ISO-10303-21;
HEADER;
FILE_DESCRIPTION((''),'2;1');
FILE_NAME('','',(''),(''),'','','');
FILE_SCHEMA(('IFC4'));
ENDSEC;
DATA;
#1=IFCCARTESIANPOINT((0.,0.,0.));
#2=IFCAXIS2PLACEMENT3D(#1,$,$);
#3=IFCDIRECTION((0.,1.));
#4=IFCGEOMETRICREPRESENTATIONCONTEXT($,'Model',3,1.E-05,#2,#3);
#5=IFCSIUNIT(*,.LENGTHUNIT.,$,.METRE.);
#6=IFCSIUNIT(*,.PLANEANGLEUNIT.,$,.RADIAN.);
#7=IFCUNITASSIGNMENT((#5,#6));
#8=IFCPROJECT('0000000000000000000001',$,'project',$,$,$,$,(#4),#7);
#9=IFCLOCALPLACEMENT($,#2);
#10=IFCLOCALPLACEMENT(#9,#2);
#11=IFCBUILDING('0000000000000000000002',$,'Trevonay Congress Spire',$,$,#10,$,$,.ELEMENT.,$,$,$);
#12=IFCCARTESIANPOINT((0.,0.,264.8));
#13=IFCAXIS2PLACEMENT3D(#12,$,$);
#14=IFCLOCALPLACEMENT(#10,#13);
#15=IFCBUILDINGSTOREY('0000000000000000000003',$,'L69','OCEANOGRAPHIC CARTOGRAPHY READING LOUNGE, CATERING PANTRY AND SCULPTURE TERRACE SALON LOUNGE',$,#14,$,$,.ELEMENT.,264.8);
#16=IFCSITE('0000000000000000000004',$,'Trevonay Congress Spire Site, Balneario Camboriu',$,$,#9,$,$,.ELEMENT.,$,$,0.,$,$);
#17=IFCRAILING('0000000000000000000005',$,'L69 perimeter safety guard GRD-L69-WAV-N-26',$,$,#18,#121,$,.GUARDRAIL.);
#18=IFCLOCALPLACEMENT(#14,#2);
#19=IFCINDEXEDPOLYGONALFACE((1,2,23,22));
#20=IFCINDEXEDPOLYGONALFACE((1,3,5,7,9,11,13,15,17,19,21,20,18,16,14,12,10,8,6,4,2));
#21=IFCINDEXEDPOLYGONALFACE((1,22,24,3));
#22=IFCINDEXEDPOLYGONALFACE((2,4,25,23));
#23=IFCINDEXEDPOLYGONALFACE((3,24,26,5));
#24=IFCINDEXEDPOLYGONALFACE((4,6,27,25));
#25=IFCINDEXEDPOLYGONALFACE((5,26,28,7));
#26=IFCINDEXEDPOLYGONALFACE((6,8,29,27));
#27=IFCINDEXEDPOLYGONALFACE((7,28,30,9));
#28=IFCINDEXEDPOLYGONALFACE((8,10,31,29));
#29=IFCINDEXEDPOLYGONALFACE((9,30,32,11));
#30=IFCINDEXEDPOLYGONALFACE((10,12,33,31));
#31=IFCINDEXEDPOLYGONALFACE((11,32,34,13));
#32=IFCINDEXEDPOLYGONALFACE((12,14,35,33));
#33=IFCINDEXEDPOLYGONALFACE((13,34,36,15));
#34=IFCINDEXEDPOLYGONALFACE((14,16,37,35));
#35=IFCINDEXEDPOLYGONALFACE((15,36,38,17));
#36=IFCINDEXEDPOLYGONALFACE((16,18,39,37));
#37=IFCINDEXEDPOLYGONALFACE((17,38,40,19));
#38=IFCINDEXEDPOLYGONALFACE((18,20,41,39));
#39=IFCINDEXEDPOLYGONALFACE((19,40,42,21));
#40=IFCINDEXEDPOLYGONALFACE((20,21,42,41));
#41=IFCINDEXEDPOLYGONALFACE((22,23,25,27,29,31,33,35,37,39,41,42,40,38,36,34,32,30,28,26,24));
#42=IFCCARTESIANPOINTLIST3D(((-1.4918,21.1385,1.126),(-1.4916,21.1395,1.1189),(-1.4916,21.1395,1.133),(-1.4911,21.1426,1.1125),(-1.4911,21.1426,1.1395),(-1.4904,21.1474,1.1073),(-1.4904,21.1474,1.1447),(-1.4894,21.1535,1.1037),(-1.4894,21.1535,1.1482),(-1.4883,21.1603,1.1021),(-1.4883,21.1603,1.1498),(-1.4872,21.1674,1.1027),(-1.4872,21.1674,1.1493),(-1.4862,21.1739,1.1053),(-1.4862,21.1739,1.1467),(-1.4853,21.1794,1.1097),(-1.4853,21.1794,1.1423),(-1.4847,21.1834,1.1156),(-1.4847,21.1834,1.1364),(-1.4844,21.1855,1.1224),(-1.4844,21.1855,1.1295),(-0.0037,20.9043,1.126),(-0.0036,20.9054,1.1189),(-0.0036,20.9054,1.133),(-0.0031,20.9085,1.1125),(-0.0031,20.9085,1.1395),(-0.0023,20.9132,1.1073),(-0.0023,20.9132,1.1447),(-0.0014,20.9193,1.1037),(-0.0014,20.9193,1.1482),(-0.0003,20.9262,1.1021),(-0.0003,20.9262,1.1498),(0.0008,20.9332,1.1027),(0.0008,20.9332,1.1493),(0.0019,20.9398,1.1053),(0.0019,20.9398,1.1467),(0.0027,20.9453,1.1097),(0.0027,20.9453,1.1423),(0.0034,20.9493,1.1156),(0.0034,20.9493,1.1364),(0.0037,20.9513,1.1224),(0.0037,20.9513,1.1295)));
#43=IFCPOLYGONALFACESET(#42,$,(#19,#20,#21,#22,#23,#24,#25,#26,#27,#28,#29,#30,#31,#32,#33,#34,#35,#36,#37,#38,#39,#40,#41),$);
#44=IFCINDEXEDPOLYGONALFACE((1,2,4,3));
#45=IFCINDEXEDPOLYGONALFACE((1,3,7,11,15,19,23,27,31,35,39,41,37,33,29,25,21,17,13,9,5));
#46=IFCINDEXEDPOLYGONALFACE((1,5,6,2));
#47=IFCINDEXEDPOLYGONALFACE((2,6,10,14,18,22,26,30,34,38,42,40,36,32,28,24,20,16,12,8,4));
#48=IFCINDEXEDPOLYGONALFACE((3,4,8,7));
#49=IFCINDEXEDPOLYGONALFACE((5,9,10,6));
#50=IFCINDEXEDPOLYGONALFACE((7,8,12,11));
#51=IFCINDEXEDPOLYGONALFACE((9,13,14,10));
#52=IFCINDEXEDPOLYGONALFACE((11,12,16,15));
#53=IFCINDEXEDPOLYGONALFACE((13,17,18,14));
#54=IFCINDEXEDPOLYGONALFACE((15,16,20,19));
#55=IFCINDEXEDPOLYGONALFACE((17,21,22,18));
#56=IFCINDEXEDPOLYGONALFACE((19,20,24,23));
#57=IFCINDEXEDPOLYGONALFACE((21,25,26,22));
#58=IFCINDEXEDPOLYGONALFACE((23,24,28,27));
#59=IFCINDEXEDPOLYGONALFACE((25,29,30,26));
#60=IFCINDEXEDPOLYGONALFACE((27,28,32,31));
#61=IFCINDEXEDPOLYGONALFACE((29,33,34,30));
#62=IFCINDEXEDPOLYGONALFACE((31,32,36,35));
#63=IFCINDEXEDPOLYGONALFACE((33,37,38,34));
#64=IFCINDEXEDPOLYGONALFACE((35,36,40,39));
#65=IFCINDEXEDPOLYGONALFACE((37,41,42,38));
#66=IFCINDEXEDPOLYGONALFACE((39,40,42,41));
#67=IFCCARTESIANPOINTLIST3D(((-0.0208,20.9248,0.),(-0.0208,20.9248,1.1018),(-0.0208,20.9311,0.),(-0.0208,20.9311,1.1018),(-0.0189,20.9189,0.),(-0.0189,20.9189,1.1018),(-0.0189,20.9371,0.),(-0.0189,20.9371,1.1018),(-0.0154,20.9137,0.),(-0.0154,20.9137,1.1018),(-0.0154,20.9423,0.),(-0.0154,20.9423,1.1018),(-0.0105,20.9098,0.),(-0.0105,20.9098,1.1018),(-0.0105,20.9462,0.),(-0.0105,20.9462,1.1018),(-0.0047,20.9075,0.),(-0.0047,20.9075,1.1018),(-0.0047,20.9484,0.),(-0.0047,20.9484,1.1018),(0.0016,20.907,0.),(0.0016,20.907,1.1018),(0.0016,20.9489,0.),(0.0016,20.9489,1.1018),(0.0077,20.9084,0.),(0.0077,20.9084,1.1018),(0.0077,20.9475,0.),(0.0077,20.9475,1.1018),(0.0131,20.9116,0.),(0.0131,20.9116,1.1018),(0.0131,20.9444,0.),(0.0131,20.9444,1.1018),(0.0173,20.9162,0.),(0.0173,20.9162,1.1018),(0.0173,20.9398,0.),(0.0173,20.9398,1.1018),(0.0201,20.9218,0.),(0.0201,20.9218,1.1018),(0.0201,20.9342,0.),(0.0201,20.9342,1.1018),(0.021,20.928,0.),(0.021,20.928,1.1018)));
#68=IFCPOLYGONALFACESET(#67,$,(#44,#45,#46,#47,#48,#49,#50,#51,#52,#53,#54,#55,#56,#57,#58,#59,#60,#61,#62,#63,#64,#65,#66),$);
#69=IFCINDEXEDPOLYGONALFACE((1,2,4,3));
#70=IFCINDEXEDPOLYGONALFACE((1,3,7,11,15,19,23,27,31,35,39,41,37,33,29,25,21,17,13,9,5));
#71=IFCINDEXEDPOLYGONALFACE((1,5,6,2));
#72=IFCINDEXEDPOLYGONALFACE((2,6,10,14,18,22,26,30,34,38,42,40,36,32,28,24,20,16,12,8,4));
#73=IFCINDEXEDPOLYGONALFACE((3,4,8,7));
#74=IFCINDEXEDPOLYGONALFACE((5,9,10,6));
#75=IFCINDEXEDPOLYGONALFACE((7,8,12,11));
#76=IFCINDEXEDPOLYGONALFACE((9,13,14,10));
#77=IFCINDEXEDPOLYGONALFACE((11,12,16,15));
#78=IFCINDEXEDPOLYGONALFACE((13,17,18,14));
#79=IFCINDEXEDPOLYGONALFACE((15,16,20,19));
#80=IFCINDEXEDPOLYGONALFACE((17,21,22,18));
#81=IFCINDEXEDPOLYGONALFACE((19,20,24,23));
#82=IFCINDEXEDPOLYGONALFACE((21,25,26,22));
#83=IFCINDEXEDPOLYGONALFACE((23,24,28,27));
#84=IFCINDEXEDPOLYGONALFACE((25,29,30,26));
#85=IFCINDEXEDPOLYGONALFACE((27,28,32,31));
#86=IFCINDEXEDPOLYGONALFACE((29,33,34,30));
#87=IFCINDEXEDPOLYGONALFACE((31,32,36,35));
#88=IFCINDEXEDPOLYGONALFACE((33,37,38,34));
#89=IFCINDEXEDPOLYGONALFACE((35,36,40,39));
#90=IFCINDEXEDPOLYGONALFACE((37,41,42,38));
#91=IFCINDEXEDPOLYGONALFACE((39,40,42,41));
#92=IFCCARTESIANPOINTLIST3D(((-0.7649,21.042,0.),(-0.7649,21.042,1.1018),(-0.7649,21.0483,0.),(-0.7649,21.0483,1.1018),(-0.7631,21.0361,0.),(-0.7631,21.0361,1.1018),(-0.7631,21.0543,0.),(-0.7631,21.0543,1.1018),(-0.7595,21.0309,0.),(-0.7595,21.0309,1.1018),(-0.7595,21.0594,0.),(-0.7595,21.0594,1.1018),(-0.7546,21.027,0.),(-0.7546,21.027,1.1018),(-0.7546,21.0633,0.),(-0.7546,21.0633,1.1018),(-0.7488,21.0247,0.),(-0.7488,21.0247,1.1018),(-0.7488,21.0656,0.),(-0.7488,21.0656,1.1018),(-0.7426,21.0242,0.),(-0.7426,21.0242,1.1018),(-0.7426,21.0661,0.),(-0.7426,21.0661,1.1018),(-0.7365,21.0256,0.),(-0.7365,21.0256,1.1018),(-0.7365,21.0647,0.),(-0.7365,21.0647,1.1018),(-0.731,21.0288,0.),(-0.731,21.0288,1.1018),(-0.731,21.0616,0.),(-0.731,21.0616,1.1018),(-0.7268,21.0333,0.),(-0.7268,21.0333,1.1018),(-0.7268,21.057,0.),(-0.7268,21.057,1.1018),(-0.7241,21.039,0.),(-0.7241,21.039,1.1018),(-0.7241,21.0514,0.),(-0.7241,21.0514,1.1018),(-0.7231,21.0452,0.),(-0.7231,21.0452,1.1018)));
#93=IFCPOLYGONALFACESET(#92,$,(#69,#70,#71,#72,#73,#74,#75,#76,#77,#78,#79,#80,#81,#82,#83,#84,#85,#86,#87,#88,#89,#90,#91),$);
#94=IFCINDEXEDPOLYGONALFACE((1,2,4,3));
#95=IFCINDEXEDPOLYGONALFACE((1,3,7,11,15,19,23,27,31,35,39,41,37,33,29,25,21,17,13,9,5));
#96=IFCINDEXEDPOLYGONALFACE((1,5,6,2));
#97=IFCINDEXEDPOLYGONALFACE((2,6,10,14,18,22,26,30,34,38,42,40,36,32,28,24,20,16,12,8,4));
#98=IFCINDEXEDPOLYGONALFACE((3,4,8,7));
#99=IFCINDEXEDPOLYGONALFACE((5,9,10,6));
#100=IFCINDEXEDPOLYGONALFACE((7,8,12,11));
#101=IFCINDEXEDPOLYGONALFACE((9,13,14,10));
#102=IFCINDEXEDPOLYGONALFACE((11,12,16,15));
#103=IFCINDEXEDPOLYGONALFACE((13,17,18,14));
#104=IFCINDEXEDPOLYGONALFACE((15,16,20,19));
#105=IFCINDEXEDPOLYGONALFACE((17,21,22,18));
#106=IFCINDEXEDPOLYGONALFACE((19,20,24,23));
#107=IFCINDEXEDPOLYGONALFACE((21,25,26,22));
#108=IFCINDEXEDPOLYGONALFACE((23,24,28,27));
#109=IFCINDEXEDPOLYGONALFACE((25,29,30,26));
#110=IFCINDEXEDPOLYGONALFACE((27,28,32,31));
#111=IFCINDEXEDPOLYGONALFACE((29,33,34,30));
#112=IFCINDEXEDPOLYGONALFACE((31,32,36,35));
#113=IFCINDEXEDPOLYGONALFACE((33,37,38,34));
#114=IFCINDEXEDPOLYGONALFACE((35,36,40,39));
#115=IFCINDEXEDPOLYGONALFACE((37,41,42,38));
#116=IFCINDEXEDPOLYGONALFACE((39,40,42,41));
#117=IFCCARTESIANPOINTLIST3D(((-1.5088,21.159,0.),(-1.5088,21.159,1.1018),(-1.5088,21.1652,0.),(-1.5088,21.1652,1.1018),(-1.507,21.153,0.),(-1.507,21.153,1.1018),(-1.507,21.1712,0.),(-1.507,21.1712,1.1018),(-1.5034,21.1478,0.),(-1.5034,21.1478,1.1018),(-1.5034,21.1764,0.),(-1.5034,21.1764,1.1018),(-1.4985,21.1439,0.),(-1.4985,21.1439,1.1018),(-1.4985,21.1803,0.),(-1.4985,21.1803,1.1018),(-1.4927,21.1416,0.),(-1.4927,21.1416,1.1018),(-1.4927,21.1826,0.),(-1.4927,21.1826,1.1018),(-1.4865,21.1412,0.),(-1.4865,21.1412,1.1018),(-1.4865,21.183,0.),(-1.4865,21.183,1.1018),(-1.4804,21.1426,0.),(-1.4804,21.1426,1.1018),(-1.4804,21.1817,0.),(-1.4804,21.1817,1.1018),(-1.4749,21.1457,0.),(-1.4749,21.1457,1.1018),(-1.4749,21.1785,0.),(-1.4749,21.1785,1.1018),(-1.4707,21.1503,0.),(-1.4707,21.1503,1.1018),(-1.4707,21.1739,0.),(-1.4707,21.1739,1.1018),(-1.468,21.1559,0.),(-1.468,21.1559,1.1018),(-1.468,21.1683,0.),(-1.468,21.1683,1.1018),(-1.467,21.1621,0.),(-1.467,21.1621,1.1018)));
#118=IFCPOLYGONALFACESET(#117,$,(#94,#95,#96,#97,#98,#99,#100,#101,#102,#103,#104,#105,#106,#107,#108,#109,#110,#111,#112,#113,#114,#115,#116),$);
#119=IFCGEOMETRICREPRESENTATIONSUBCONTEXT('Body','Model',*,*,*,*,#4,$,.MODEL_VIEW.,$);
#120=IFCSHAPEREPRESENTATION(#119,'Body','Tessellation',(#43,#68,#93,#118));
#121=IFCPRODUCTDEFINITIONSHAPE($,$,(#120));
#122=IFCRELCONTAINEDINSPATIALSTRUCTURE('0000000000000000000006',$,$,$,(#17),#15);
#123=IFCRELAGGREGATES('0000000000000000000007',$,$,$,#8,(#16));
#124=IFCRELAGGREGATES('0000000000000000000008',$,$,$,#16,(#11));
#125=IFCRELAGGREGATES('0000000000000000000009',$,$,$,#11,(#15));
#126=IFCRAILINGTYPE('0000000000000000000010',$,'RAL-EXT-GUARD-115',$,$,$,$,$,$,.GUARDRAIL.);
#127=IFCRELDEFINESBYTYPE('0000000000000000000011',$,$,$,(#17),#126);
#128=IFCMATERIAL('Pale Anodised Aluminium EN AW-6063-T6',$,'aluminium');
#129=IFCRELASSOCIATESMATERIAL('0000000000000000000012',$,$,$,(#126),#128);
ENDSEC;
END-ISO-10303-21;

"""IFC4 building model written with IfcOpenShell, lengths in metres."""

from ifc_helpers import new_model, si_unit, direction, frame, origin, origin_2d, place, context, subcontext, project, spatial, circle, extrude, material, type_object, element, save


model = new_model("IFC4")

# Units and contexts
model_context = context("Model", 3, precision=1e-05, world=origin(), true_north=direction((0.0, 1.0)))
body_context = subcontext(model_context, "Body", "Model", "MODEL_VIEW")
ifc_project = project(units=[si_unit("LENGTHUNIT", "METRE"), si_unit("PLANEANGLEUNIT", "RADIAN")], contexts=[model_context])

# Site, building, storey
site_placement = place(None, origin())
site = spatial("IfcSite", under=ifc_project, at=site_placement, Name="Trevonay Congress Spire Site, Balneario Camboriu", CompositionType="ELEMENT", RefElevation=0.0)
building_placement = place(site_placement, origin())
building = spatial("IfcBuilding", under=site, at=building_placement, Name="Trevonay Congress Spire", CompositionType="ELEMENT")
storey_placement = place(building_placement, frame((0.0, 0.0, 264.8)))
storey = spatial("IfcBuildingStorey", under=building, at=storey_placement, Name="L69", Description="OCEANOGRAPHIC CARTOGRAPHY READING LOUNGE, CATERING PANTRY AND SCULPTURE TERRACE SALON LOUNGE", CompositionType="ELEMENT", Elevation=264.8)

# Shared definitions
ifc_material_1 = material(Name="Pale Anodised Aluminium EN AW-6063-T6", Category="aluminium")

# Railing
railing_type = type_object("IfcRailingType", Name="RAL-EXT-GUARD-115", PredefinedType="GUARDRAIL", material=ifc_material_1)
railing_1_placement = place(storey_placement, frame((0.0, 20.928, 0.0)))
element("IfcRailing", 1, at=railing_1_placement, inside=storey, type_object=railing_type, Name="L69 perimeter safety guard GRD-L69-WAV-N-26", PredefinedType="GUARDRAIL", context=body_context, shape_type="SweptSolid", body=[
    extrude(circle(Radius=0.0239, at=origin_2d()), frame((0.0, 0.0, 1.126), z_axis=(-0.987847, 0.15543, 0.0), x_axis=(-0.15543, -0.987847, 0.0)), (0.0, 0.0, 1.0), 1.5063),
    extrude(circle(Radius=0.021, at=origin_2d()), origin(), (0.0, 0.0, 1.0), 1.1018),
    extrude(circle(Radius=0.021, at=origin_2d()), frame((-0.7441, 0.1172, 0.0)), (0.0, 0.0, 1.0), 1.1018),
    extrude(circle(Radius=0.021, at=origin_2d()), frame((-1.488, 0.2341, 0.0)), (0.0, 0.0, 1.0), 1.1018),
])

save(model, "model.ifc")
